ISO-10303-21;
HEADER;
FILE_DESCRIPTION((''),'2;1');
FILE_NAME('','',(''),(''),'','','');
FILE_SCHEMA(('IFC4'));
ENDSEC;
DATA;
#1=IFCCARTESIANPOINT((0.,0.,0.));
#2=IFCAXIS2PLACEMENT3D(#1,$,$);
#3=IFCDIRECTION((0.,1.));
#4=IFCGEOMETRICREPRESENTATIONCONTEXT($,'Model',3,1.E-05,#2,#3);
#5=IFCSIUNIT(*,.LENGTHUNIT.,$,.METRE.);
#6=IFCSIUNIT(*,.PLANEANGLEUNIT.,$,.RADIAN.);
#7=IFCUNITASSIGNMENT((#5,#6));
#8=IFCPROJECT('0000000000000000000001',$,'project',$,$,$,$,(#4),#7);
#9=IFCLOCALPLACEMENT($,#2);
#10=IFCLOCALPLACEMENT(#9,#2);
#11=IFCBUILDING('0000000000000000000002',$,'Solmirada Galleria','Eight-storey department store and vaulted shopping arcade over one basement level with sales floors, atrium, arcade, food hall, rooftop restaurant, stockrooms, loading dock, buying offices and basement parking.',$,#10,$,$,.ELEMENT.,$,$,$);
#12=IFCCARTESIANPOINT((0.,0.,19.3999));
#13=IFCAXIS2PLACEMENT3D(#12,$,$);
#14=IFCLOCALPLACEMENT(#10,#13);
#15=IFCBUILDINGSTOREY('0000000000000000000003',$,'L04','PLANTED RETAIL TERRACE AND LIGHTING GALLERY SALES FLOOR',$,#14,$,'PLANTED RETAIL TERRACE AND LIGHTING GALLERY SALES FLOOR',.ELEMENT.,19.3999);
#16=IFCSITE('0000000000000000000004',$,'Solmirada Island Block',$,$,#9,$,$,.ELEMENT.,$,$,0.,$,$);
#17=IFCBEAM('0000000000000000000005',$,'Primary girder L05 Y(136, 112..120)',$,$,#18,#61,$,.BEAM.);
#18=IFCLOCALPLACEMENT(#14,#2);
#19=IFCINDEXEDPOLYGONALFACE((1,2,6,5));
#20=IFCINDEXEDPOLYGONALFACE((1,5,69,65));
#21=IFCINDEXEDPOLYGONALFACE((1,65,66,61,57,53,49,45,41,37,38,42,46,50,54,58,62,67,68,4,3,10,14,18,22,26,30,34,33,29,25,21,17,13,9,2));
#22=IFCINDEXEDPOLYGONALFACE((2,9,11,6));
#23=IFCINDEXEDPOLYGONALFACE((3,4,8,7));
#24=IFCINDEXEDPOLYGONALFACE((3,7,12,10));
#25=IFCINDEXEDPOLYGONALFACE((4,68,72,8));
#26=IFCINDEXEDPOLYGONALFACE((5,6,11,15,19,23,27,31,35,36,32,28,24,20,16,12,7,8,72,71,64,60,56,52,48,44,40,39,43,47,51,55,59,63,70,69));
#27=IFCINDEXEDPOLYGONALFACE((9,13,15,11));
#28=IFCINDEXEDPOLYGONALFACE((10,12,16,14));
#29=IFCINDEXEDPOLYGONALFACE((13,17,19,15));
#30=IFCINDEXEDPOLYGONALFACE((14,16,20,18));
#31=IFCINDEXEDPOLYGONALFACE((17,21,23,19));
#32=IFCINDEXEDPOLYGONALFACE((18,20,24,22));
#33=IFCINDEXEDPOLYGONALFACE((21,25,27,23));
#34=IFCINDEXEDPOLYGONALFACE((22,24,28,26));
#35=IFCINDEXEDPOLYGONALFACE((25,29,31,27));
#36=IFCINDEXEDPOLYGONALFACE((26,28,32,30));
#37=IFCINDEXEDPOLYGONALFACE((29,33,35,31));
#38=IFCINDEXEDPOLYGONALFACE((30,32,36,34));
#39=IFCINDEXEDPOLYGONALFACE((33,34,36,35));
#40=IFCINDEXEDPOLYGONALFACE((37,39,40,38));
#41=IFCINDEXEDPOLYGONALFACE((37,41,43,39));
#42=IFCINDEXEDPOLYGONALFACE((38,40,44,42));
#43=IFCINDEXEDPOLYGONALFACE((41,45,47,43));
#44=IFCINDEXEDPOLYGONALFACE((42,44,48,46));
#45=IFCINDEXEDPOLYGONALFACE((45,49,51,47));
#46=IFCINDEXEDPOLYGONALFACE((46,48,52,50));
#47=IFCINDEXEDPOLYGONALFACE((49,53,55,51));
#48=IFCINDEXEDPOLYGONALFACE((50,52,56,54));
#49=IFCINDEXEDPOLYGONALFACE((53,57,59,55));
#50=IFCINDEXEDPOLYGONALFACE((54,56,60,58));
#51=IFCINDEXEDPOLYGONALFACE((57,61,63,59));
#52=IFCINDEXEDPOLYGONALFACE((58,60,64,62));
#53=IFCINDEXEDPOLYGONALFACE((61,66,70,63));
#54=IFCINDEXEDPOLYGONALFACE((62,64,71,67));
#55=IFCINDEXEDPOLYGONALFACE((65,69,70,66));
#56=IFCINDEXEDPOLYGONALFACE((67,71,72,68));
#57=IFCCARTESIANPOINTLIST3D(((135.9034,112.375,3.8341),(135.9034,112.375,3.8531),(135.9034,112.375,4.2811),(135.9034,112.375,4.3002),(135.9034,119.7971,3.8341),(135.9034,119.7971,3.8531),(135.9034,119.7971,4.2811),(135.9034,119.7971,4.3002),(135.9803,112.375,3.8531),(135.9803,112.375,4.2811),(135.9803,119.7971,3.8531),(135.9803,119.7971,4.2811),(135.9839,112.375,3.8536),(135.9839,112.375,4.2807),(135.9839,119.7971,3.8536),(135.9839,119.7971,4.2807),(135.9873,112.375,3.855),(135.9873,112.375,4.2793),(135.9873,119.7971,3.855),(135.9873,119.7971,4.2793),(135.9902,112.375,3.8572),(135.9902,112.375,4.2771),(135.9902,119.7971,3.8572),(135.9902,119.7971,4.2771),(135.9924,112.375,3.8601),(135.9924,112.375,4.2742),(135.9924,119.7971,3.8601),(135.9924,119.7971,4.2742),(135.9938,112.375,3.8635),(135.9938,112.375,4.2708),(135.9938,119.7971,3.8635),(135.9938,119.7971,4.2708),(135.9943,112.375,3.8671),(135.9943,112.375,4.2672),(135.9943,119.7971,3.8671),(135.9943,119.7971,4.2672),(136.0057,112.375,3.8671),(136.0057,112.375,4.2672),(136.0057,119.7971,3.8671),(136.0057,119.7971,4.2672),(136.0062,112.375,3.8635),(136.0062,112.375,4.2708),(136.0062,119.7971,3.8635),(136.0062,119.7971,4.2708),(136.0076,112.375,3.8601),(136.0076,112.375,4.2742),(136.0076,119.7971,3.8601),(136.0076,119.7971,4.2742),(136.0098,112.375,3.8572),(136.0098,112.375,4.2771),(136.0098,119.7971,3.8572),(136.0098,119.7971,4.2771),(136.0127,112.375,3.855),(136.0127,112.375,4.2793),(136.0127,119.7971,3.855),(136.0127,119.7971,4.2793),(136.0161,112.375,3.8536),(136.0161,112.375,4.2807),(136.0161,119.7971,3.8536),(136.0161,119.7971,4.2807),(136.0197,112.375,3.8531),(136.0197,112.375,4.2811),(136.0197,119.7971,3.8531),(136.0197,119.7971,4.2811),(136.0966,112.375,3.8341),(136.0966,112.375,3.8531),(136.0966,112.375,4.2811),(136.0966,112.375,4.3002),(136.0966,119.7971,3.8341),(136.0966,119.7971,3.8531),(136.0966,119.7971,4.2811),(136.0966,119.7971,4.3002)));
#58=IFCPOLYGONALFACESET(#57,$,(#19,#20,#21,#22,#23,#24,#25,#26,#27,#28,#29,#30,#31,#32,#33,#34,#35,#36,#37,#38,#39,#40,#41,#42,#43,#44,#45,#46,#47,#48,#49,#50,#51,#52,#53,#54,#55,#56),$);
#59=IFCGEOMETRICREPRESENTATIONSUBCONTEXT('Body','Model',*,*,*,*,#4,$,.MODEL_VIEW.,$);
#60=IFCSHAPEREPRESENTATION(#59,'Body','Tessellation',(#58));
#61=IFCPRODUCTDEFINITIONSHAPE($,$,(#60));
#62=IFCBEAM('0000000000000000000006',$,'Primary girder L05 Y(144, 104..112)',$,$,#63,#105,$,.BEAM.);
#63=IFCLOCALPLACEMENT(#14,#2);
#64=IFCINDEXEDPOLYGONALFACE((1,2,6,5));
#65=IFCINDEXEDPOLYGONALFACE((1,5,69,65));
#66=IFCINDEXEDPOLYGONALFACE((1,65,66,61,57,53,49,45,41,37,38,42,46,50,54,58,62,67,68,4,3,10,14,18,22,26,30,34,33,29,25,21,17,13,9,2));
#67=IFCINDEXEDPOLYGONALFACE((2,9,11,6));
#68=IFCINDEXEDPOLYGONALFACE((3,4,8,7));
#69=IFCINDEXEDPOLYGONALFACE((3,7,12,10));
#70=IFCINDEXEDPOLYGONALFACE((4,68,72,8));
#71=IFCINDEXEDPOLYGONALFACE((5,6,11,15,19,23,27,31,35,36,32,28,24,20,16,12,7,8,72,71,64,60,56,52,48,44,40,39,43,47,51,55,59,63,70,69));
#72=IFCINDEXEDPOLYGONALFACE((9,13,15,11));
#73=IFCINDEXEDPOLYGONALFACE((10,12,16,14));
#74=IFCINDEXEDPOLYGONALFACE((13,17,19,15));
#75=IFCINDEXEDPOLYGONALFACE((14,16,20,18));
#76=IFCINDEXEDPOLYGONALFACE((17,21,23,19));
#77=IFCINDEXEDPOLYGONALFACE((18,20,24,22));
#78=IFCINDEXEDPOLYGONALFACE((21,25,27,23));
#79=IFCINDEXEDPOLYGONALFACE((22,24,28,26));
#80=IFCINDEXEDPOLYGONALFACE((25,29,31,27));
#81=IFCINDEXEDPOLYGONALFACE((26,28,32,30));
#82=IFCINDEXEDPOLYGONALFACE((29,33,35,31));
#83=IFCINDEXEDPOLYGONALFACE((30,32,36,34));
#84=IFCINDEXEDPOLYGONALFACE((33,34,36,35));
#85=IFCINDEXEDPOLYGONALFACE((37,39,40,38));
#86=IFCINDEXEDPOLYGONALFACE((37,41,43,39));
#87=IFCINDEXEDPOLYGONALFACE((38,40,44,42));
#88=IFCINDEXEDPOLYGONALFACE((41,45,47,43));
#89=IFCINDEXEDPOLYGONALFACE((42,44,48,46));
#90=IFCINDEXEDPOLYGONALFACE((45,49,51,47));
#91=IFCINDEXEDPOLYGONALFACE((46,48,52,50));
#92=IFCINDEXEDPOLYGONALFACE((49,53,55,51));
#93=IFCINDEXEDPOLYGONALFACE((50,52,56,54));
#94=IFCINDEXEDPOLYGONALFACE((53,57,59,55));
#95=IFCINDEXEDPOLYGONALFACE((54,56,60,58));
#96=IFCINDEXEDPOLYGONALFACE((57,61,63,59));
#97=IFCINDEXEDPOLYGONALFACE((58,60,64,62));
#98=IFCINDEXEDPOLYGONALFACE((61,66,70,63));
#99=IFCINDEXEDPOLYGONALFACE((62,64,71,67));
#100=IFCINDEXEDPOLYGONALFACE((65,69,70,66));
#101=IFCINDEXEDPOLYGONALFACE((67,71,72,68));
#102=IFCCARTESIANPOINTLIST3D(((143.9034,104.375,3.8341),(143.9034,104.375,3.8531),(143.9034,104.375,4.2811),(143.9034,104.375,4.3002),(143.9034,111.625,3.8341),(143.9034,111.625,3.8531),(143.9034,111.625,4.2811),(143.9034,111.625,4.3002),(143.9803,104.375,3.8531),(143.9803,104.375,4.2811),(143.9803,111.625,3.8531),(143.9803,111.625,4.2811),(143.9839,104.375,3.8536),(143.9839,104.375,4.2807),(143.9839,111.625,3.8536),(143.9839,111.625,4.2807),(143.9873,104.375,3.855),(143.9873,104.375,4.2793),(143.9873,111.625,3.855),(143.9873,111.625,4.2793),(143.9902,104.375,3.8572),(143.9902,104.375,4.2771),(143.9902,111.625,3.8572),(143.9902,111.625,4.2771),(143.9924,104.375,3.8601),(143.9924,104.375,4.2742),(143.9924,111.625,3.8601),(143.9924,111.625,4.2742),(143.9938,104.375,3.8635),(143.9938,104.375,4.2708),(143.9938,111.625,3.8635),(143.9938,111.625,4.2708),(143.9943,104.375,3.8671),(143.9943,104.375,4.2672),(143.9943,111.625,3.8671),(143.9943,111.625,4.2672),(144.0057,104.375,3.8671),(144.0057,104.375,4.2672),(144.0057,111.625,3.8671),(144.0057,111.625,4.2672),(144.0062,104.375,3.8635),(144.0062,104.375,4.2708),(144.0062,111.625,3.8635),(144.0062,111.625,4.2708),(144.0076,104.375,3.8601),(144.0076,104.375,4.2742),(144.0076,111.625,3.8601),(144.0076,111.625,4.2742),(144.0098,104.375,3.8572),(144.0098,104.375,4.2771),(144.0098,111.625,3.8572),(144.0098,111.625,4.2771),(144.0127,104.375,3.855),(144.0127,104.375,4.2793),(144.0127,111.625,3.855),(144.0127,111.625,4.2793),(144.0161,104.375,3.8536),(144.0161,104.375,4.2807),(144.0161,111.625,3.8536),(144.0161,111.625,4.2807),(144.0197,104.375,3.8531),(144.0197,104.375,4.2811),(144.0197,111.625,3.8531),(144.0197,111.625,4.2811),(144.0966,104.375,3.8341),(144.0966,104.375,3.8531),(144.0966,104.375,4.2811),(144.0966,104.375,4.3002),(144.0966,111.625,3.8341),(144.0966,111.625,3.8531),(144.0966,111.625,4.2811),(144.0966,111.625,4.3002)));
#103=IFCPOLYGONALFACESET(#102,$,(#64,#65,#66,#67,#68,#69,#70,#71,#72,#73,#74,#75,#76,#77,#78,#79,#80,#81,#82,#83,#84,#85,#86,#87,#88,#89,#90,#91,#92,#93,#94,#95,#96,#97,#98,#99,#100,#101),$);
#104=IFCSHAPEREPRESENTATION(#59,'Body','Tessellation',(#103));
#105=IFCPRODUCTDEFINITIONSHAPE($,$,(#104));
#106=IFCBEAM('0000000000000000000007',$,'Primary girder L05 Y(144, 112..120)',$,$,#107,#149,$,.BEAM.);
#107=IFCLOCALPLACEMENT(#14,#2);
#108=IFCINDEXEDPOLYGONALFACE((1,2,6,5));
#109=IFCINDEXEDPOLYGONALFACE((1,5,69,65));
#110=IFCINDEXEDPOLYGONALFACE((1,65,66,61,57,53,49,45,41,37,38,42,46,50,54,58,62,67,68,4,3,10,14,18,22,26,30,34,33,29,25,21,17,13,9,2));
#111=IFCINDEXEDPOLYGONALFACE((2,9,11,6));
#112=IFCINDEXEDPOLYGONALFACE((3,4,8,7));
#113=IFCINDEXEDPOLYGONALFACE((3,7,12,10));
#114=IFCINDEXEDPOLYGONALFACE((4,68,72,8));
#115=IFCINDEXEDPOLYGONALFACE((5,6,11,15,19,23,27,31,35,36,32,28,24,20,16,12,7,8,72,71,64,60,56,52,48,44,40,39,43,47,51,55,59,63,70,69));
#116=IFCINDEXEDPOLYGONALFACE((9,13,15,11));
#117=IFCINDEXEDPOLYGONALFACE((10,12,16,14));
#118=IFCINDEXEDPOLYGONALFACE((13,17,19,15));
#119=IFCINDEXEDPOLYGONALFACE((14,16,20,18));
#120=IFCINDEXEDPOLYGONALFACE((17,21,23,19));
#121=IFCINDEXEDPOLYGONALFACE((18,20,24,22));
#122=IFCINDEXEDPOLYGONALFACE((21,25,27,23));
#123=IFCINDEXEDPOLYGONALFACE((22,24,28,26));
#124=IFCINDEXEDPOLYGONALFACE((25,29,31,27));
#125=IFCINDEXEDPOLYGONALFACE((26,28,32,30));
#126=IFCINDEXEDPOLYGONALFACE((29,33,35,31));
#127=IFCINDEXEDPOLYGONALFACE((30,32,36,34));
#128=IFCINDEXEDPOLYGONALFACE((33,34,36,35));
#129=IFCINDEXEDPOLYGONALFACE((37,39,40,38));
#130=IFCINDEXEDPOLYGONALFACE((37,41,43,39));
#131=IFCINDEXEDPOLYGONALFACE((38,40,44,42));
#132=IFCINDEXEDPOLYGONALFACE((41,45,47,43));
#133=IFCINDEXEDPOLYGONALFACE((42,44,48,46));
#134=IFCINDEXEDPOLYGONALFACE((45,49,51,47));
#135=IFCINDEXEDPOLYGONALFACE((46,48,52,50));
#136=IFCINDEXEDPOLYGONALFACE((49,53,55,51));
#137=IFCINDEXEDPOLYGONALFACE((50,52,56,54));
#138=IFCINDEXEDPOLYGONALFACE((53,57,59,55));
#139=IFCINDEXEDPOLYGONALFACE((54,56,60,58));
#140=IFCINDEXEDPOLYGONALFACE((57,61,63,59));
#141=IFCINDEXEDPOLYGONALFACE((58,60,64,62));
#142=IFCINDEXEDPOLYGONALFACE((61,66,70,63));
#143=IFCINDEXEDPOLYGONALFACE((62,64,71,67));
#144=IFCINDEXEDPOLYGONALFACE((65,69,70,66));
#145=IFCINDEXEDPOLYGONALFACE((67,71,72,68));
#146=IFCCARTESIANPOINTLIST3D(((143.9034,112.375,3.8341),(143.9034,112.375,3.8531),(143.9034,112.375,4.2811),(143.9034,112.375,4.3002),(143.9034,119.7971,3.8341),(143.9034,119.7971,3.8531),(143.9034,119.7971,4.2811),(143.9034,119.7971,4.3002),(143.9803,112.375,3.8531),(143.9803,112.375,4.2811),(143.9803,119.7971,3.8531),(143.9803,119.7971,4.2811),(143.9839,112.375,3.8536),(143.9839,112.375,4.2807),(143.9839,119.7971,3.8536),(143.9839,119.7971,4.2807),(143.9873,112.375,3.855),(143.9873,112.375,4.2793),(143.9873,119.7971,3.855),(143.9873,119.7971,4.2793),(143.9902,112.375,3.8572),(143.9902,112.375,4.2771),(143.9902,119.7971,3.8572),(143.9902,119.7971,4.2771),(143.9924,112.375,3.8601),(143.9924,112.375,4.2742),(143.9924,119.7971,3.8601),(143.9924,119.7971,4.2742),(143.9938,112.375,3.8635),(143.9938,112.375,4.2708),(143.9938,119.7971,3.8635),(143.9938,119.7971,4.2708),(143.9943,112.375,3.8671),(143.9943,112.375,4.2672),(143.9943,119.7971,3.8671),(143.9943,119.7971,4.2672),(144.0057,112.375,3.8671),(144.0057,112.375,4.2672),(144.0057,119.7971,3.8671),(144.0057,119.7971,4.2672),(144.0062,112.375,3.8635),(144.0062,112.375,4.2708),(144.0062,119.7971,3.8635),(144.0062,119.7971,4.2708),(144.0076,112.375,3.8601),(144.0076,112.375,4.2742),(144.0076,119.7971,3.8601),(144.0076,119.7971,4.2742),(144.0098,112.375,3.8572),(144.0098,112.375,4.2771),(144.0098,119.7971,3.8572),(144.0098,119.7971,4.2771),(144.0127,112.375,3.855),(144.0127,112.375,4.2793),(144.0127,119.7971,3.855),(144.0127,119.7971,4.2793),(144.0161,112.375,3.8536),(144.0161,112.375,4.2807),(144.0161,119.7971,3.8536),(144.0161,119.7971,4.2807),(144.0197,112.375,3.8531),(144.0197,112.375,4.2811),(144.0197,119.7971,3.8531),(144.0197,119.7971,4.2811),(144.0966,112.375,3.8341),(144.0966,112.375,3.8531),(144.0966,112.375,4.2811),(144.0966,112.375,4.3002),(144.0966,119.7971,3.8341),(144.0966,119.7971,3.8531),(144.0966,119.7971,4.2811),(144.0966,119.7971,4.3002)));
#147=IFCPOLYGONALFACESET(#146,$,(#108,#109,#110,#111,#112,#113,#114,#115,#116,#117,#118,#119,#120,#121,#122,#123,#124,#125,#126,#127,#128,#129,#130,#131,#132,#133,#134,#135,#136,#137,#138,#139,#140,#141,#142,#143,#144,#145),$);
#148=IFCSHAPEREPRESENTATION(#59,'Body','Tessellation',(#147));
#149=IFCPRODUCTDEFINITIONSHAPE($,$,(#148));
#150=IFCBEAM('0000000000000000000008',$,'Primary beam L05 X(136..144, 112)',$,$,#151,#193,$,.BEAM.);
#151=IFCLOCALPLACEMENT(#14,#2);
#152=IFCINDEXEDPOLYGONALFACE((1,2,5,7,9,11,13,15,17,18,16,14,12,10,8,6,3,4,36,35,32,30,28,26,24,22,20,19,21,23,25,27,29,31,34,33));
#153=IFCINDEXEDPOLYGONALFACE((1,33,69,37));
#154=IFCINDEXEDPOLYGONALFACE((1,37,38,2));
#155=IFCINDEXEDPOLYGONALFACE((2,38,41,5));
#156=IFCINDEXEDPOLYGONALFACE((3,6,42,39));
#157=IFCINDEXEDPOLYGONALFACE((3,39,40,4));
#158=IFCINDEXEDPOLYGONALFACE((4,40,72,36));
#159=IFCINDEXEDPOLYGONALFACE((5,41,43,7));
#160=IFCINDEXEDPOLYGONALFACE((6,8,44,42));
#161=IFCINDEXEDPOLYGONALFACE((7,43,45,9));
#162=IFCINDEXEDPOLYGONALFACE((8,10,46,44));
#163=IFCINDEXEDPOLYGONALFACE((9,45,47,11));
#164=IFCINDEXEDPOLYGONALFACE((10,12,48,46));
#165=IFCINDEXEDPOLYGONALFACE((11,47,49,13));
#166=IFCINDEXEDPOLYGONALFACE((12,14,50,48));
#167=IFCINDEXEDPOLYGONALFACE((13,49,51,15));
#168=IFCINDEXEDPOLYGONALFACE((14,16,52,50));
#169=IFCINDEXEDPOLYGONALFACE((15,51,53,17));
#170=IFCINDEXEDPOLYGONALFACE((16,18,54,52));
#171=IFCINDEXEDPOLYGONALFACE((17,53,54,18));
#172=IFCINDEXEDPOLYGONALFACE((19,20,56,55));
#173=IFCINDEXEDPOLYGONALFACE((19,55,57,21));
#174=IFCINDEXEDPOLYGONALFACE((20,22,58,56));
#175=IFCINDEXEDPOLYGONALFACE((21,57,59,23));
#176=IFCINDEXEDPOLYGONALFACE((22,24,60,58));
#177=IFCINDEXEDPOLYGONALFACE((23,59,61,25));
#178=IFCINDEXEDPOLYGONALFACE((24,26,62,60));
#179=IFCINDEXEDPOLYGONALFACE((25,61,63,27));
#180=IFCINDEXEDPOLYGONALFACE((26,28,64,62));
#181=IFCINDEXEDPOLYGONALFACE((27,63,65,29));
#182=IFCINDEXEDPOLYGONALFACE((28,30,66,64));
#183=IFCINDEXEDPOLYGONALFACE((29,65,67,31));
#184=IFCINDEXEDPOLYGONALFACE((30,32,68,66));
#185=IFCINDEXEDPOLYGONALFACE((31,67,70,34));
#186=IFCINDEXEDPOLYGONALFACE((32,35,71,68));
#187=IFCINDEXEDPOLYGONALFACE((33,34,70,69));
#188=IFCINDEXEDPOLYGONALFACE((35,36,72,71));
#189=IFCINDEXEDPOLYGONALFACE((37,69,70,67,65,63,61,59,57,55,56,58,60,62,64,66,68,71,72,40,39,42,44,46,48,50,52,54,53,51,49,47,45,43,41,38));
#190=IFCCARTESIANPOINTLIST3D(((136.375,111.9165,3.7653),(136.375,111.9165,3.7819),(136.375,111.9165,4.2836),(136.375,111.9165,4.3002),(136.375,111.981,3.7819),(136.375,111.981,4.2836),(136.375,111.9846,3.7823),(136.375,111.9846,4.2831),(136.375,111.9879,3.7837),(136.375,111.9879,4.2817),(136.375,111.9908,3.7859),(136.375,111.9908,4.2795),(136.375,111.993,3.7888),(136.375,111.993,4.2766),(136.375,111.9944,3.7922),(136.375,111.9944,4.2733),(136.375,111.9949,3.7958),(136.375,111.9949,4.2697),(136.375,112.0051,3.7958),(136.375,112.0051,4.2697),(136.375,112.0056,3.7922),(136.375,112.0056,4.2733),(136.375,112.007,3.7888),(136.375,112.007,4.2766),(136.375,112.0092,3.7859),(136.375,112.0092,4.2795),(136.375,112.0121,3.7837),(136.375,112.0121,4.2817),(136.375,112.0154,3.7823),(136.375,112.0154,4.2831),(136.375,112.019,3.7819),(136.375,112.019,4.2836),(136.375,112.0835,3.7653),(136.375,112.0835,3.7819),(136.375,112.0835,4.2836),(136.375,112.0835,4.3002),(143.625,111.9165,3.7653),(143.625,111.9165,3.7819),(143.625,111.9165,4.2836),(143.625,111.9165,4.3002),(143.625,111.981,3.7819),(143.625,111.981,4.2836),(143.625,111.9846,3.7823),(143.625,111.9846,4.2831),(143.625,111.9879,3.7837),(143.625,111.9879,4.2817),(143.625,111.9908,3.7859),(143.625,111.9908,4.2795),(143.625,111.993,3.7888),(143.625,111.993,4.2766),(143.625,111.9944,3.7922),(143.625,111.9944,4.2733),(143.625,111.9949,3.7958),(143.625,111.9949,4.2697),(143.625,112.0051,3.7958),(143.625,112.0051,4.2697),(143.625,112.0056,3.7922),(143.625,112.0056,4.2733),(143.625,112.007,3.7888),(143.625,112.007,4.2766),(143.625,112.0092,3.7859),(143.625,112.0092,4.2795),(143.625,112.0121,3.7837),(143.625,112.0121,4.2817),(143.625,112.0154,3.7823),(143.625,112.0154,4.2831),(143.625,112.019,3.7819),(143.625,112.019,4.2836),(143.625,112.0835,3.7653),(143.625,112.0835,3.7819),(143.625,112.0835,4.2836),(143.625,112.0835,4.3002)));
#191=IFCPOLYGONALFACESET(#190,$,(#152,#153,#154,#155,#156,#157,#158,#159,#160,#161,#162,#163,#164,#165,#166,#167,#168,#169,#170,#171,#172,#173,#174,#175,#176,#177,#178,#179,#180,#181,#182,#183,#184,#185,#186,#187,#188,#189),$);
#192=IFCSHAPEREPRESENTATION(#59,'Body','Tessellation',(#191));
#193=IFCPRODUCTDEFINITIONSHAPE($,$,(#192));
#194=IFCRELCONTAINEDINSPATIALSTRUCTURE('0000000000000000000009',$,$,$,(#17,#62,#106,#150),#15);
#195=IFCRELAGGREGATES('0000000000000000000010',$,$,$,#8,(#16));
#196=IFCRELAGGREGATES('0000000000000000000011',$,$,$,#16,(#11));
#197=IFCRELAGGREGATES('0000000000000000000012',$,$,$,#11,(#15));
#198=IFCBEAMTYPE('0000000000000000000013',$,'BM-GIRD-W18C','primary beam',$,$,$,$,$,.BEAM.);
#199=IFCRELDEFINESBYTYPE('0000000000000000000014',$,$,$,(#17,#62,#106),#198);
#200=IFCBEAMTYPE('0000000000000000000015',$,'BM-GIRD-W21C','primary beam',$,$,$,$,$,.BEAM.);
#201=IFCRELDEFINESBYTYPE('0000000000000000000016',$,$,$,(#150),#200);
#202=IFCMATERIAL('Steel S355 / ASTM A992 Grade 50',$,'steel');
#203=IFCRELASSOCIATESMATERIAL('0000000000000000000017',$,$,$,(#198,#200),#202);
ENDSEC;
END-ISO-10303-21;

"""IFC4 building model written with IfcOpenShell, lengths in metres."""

from ifc_helpers import new_model, si_unit, direction, frame, origin, origin_2d, place, context, subcontext, project, spatial, i_section, extrude, material, material_profile, profile_set, type_object, element, save


model = new_model("IFC4")

# Units and contexts
model_context = context("Model", 3, precision=1e-05, world=origin(), true_north=direction((0.0, 1.0)))
body_context = subcontext(model_context, "Body", "Model", "MODEL_VIEW")
ifc_project = project(units=[si_unit("LENGTHUNIT", "METRE"), si_unit("PLANEANGLEUNIT", "RADIAN")], contexts=[model_context])

# Site, building, storey
site_placement = place(None, origin())
site = spatial("IfcSite", under=ifc_project, at=site_placement, Name="Solmirada Island Block", CompositionType="ELEMENT", RefElevation=0.0)
building_placement = place(site_placement, origin())
building = spatial("IfcBuilding", under=site, at=building_placement, Name="Solmirada Galleria", Description="Eight-storey department store and vaulted shopping arcade over one basement level with sales floors, atrium, arcade, food hall, rooftop restaurant, stockrooms, loading dock, buying offices and basement parking.", CompositionType="ELEMENT")
storey_placement = place(building_placement, frame((0.0, 0.0, 19.3999)))
storey = spatial("IfcBuildingStorey", under=building, at=storey_placement, Name="L04", Description="PLANTED RETAIL TERRACE AND LIGHTING GALLERY SALES FLOOR", LongName="PLANTED RETAIL TERRACE AND LIGHTING GALLERY SALES FLOOR", CompositionType="ELEMENT", Elevation=19.3999)

# Beams
ifc_material_1 = material(Name="Steel S355 / ASTM A992 Grade 50", Category="steel")
ifc_material_profile_1 = material_profile(ifc_material_1, i_section(OverallWidth=0.1931, OverallDepth=0.4661, WebThickness=0.0115, FlangeThickness=0.019, FilletRadius=0.0139, at=origin_2d()), Name="W18X65")
ifc_profile_set_1 = profile_set([ifc_material_profile_1], Name="Steel S355 / ASTM A992 Grade 50")
beam_type_1 = type_object("IfcBeamType", Name="BM-GIRD-W18C", Description="primary beam", PredefinedType="BEAM", material=ifc_profile_set_1)
beam_1_placement = place(storey_placement, frame((136.0, 112.375, 4.0671), z_axis=(0.0, 1.0, 0.0), x_axis=(-1.0, 0.0, 0.0)))
element("IfcBeam", 1, at=beam_1_placement, inside=storey, type_object=beam_type_1, Name="Primary girder L05 Y(136, 112..120)", PredefinedType="BEAM", context=body_context, shape_type="SweptSolid", body=[
    extrude(i_section(OverallWidth=0.1931, OverallDepth=0.4661, WebThickness=0.0115, FlangeThickness=0.019, FilletRadius=0.0139, at=origin_2d()), origin(), (0.0, 0.0, 1.0), 7.4221),
])
beam_2_placement = place(storey_placement, frame((144.0, 104.375, 4.0671), z_axis=(0.0, 1.0, 0.0), x_axis=(-1.0, 0.0, 0.0)))
element("IfcBeam", 2, at=beam_2_placement, inside=storey, type_object=beam_type_1, Name="Primary girder L05 Y(144, 104..112)", PredefinedType="BEAM", context=body_context, shape_type="SweptSolid", body=[
    extrude(i_section(OverallWidth=0.1931, OverallDepth=0.4661, WebThickness=0.0115, FlangeThickness=0.019, FilletRadius=0.0139, at=origin_2d()), origin(), (0.0, 0.0, 1.0), 7.25),
])
beam_3_placement = place(storey_placement, frame((144.0, 112.375, 4.0671), z_axis=(0.0, 1.0, 0.0), x_axis=(-1.0, 0.0, 0.0)))
element("IfcBeam", 3, at=beam_3_placement, inside=storey, type_object=beam_type_1, Name="Primary girder L05 Y(144, 112..120)", PredefinedType="BEAM", context=body_context, shape_type="SweptSolid", body=[
    extrude(i_section(OverallWidth=0.1931, OverallDepth=0.4661, WebThickness=0.0115, FlangeThickness=0.019, FilletRadius=0.0139, at=origin_2d()), origin(), (0.0, 0.0, 1.0), 7.4221),
])
ifc_material_profile_2 = material_profile(ifc_material_1, i_section(OverallWidth=0.167, OverallDepth=0.5349, WebThickness=0.0103, FlangeThickness=0.0166, FilletRadius=0.0139, at=origin_2d()), Name="W21X57")
ifc_profile_set_2 = profile_set([ifc_material_profile_2], Name="Steel S355 / ASTM A992 Grade 50")
beam_type_2 = type_object("IfcBeamType", Name="BM-GIRD-W21C", Description="primary beam", PredefinedType="BEAM", material=ifc_profile_set_2)
for number, where, z_axis, x_axis, name in (
    (4, (136.375, 112.0, 4.0327), (1.0, 0.0, 0.0), (0.0, 1.0, 0.0), "Primary beam L05 X(136..144, 112)"),
):
    element("IfcBeam", number, at=place(storey_placement, frame(where, z_axis=z_axis, x_axis=x_axis)), inside=storey, type_object=beam_type_2, Name=name, PredefinedType="BEAM", context=body_context, shape_type="SweptSolid", body=[
        extrude(i_section(OverallWidth=0.167, OverallDepth=0.5349, WebThickness=0.0103, FlangeThickness=0.0166, FilletRadius=0.0139, at=origin_2d()), origin(), (0.0, 0.0, 1.0), 7.25),
    ])

save(model, "model.ifc")
